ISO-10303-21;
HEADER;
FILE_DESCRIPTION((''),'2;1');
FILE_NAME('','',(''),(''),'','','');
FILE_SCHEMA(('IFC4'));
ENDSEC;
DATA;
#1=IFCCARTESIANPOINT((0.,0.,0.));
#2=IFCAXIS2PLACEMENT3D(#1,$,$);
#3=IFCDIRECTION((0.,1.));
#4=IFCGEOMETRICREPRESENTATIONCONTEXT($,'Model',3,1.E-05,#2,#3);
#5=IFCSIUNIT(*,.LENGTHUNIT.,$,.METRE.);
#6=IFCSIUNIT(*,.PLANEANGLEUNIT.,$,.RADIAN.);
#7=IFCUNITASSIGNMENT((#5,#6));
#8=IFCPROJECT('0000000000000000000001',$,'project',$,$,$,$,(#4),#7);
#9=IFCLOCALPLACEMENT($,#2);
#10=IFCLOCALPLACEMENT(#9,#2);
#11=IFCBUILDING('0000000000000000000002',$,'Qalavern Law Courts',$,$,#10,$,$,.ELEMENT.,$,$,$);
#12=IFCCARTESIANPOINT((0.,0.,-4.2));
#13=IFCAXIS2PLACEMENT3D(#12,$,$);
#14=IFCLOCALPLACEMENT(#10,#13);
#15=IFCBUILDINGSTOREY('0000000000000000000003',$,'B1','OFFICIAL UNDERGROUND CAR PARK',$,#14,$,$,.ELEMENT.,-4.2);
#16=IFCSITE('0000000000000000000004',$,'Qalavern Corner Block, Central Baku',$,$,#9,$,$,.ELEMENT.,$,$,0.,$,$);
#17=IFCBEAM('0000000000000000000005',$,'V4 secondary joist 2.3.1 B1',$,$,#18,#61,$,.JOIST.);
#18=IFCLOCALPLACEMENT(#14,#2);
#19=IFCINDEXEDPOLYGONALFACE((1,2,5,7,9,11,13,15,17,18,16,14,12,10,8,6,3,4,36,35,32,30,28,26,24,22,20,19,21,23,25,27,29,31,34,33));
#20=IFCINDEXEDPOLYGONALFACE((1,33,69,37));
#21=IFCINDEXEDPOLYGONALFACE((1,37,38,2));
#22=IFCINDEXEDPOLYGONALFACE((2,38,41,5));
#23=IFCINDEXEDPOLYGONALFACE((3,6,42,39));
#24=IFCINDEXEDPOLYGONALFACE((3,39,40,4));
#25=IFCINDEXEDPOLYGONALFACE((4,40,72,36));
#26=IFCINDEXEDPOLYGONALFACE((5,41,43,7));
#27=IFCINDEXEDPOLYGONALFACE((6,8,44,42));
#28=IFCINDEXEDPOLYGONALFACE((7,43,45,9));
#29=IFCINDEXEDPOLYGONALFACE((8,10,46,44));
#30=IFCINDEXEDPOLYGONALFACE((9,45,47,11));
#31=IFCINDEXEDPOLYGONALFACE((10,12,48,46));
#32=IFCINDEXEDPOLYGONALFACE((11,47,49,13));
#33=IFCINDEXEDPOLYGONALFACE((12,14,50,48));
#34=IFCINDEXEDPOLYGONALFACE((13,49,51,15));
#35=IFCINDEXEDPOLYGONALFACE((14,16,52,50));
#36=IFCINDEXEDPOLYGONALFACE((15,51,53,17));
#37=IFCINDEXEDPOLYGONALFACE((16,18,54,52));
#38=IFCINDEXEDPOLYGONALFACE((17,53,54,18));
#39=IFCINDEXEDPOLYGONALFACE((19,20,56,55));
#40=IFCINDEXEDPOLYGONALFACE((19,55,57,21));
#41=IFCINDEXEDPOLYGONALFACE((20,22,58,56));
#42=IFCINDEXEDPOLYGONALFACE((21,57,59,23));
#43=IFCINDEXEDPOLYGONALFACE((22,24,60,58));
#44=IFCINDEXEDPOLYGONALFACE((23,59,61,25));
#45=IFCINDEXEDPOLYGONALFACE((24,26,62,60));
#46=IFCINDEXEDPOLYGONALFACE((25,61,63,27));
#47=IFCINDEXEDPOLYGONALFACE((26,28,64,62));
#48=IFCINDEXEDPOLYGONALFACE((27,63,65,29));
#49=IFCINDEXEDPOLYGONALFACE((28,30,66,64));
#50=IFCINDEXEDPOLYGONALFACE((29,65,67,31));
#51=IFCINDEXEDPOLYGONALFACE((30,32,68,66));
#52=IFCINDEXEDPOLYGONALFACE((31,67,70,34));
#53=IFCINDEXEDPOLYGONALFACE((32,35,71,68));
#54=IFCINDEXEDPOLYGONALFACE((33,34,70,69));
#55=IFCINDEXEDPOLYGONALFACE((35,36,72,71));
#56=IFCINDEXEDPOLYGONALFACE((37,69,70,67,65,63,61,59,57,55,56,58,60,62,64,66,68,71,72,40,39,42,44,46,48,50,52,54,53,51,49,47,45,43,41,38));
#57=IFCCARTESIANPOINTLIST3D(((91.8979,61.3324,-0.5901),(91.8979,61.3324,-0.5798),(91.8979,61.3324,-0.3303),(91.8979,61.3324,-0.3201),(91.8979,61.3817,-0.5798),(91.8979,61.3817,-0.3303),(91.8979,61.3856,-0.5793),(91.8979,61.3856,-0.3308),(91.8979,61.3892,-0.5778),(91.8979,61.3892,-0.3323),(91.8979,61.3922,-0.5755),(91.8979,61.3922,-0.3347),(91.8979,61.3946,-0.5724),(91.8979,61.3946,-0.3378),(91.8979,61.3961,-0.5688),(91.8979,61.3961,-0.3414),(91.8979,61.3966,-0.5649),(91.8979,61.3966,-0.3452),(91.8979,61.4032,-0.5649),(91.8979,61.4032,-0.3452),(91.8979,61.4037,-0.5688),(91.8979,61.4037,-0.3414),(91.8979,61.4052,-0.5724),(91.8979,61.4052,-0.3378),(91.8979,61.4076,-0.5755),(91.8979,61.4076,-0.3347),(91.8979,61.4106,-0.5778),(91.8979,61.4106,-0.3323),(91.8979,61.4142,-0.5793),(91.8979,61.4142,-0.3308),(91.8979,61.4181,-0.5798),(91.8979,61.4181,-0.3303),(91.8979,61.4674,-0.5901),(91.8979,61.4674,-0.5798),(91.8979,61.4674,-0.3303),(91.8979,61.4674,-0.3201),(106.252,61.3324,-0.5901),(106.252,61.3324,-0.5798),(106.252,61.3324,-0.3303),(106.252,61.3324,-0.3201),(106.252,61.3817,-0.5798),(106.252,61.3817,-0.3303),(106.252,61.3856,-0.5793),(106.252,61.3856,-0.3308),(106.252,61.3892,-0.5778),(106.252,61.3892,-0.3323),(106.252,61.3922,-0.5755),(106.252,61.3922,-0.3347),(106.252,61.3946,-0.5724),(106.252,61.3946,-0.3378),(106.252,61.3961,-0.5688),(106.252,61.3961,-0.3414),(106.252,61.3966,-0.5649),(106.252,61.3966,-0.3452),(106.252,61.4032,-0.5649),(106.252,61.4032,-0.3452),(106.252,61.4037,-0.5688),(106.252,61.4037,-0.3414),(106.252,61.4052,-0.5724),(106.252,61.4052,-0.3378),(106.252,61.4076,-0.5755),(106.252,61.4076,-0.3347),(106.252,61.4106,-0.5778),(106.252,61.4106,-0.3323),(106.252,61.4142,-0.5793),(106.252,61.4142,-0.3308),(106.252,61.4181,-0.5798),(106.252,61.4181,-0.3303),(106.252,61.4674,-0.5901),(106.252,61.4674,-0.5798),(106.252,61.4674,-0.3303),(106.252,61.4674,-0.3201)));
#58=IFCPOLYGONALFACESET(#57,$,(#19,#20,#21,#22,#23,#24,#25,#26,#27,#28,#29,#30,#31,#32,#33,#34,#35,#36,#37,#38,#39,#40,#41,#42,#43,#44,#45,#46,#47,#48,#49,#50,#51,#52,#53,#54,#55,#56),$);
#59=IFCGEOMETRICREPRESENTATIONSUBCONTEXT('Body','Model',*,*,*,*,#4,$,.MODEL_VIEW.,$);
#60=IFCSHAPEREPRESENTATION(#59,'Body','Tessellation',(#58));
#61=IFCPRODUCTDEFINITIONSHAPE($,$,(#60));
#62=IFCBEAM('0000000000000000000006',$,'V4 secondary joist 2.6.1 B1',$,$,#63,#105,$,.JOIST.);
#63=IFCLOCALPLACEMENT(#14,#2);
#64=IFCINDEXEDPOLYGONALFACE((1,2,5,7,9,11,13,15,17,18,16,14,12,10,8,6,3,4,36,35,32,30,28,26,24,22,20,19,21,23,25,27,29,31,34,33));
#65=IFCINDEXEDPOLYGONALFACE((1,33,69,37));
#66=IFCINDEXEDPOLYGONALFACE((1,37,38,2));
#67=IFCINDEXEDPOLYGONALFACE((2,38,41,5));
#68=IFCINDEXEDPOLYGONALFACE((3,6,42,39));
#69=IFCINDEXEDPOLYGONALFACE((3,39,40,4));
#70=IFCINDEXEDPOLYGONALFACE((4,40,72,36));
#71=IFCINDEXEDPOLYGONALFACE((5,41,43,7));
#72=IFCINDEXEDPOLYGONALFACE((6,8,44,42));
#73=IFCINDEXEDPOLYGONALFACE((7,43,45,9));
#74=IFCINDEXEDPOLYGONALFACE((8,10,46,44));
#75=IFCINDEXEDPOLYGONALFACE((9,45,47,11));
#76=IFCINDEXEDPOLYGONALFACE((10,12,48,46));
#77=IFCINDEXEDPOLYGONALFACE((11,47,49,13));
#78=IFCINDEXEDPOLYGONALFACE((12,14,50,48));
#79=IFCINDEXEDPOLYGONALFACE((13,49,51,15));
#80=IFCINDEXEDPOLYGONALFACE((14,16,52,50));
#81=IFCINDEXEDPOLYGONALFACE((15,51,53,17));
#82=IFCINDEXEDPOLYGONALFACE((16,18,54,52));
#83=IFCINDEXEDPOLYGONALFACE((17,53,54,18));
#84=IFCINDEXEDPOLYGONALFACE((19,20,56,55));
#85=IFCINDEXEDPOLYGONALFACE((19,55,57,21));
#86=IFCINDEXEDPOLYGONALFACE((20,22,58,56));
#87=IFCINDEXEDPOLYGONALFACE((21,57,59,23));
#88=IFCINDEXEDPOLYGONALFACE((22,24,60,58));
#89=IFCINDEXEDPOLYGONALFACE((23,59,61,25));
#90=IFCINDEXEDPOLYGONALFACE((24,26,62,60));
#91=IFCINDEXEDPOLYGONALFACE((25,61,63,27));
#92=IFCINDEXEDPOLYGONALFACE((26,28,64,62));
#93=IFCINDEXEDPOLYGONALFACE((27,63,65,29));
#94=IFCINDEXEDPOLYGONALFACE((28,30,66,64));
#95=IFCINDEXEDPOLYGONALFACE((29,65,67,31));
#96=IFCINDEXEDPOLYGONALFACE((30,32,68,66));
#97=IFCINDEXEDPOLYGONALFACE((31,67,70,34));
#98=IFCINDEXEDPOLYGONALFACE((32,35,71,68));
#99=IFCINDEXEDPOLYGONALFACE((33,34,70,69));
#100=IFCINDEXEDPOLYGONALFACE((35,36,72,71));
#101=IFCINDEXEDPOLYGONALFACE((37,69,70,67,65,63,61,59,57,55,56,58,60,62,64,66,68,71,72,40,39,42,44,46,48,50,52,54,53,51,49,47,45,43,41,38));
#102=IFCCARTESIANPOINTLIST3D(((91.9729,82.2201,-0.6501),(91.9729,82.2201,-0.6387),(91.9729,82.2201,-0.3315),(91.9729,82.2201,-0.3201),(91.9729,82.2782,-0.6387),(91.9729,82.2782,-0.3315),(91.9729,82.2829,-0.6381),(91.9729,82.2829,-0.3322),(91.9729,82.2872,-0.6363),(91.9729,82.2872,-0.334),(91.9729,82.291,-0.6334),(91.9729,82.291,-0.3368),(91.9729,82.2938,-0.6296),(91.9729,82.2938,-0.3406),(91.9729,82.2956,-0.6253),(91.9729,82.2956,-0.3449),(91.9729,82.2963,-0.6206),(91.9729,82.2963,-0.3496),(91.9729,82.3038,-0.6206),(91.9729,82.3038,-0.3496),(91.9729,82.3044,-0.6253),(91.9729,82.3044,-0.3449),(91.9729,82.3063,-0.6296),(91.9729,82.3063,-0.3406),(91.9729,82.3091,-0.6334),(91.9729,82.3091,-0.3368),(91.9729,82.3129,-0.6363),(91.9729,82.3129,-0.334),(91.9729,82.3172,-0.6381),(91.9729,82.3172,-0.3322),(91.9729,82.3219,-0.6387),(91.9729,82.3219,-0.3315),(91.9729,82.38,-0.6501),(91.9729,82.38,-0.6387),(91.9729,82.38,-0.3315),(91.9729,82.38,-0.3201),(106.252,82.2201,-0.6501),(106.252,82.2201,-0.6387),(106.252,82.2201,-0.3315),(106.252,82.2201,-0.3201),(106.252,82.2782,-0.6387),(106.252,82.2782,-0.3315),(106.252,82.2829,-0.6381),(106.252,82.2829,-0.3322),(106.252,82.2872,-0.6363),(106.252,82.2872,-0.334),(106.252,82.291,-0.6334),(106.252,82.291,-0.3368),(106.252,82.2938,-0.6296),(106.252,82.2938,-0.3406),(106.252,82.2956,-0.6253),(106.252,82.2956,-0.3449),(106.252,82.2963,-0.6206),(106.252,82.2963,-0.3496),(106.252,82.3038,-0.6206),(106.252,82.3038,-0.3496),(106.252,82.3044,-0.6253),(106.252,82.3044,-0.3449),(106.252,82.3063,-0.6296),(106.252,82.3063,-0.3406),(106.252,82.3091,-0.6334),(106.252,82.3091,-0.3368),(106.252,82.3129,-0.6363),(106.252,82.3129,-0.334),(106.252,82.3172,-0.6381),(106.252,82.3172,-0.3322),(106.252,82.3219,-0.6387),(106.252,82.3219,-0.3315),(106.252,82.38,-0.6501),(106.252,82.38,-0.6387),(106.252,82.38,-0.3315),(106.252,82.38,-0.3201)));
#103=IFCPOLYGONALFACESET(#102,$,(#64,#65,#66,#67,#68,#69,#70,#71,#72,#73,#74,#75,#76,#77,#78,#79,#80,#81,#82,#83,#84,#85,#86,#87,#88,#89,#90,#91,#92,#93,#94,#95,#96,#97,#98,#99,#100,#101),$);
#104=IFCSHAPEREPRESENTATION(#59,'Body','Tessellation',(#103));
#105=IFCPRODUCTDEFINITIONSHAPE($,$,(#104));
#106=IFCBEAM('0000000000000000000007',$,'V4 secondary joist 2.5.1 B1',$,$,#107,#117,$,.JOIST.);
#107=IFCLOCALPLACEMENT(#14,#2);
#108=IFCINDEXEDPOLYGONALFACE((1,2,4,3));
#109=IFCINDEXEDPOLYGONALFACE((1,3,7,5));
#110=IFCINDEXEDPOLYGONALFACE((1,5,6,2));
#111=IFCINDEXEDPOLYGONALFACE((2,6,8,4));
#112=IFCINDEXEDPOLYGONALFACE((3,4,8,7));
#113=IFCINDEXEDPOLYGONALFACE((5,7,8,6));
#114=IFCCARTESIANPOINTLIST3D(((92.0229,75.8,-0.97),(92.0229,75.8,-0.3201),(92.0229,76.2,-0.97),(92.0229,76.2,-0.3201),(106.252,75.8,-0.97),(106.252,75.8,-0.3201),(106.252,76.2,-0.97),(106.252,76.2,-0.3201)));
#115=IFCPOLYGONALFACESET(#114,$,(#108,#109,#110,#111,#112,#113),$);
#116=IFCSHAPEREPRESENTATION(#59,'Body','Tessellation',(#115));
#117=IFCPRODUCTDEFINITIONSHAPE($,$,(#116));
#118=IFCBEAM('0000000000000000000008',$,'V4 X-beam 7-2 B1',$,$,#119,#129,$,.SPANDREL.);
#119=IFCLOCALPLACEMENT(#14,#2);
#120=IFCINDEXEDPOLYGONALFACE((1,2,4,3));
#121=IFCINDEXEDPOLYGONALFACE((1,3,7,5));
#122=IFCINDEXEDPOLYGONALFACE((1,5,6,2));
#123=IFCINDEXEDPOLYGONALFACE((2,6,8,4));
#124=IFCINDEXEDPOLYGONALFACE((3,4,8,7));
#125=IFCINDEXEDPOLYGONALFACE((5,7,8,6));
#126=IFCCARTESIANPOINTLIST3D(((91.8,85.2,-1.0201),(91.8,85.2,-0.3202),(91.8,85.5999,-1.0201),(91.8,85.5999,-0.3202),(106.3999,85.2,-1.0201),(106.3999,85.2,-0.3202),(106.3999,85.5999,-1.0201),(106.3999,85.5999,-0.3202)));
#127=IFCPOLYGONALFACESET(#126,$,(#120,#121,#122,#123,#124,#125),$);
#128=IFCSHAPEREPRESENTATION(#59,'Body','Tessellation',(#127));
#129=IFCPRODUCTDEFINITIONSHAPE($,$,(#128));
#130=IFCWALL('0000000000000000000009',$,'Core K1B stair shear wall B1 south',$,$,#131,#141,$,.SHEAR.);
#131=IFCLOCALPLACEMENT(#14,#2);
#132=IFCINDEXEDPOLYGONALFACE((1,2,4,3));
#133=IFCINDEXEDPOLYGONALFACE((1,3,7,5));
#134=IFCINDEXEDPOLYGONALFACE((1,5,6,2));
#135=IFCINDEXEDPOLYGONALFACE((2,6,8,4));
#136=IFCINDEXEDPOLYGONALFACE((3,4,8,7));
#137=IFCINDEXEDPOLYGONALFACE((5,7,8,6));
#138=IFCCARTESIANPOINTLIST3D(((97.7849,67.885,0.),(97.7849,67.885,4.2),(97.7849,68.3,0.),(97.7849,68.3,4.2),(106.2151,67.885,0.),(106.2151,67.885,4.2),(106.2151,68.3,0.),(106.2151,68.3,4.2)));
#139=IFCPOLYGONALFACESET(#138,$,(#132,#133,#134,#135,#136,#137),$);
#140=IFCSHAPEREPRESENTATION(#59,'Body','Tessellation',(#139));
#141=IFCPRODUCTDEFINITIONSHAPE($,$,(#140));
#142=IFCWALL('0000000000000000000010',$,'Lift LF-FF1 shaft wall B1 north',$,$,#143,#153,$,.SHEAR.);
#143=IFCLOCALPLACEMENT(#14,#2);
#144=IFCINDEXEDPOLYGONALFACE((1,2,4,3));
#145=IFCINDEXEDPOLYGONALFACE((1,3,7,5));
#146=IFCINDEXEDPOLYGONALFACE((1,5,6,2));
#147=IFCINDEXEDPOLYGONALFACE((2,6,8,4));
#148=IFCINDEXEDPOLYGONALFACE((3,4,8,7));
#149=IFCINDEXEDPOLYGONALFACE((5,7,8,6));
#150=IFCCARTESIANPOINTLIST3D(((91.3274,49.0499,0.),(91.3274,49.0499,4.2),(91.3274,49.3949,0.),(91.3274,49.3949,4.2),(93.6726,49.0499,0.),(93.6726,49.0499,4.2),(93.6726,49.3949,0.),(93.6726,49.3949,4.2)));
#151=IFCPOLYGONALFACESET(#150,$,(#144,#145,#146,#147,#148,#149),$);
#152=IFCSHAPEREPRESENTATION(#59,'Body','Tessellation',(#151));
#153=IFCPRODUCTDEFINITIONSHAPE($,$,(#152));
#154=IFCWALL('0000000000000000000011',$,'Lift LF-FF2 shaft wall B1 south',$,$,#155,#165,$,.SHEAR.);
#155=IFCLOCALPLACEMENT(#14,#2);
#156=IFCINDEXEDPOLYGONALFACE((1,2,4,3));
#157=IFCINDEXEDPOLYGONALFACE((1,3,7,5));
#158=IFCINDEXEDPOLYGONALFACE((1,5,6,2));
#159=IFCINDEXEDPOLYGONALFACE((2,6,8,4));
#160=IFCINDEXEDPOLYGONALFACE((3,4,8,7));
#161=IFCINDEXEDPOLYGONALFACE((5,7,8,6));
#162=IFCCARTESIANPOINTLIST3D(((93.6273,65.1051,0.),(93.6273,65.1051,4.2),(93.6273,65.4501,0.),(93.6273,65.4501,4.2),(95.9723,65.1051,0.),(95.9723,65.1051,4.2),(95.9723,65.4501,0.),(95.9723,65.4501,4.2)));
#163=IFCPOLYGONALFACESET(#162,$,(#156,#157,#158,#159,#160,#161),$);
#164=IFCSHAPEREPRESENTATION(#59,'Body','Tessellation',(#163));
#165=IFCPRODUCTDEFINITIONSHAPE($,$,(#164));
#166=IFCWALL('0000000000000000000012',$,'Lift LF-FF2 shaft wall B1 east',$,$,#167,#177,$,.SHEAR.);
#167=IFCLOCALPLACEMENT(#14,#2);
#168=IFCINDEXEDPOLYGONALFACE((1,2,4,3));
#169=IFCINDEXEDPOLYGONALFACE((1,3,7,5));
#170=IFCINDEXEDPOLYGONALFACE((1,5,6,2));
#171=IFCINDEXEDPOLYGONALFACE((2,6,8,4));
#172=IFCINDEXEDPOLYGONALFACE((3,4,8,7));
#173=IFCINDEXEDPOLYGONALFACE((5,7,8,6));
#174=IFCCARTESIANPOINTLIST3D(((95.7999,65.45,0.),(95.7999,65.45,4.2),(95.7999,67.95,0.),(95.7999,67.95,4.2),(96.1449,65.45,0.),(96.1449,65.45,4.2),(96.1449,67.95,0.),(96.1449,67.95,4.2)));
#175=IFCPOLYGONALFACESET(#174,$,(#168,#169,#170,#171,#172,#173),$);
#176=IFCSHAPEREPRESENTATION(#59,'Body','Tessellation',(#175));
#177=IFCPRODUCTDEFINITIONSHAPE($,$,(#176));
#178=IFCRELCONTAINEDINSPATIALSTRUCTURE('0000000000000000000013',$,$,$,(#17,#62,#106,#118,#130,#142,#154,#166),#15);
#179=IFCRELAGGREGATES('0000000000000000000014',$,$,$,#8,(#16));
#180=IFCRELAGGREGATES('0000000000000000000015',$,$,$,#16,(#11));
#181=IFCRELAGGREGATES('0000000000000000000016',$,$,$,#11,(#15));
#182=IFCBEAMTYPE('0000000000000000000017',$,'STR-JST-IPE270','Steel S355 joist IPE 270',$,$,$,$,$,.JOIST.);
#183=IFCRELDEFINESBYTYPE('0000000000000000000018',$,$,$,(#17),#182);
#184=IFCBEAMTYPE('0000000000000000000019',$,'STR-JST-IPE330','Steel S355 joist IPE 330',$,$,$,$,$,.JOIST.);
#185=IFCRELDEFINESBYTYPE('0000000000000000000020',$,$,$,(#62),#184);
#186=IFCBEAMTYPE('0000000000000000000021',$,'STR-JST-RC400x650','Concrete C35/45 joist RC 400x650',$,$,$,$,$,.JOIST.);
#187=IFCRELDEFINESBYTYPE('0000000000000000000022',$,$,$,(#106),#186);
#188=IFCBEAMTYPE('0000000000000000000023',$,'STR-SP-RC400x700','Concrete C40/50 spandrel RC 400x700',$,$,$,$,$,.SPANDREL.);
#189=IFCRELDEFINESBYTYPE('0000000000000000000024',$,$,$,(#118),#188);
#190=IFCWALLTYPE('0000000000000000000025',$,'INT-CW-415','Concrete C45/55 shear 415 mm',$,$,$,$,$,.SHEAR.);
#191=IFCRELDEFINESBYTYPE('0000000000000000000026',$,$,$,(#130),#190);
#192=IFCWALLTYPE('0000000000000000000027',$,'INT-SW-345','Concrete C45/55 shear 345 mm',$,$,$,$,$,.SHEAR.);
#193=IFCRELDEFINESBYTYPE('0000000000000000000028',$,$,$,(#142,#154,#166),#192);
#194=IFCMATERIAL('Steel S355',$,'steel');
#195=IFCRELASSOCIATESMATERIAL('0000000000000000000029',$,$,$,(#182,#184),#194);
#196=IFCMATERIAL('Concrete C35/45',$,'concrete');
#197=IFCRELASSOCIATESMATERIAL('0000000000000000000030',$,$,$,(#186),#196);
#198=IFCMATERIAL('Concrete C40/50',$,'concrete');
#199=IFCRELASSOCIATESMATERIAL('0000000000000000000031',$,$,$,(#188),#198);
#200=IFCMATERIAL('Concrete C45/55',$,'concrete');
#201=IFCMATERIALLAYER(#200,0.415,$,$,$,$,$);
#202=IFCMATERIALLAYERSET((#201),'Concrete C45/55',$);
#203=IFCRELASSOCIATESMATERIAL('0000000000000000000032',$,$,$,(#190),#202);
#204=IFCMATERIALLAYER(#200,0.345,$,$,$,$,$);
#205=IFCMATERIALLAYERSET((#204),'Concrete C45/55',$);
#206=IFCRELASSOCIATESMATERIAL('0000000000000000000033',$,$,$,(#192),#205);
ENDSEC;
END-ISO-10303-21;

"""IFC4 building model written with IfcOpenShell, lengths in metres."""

from ifc_helpers import new_model, si_unit, direction, frame, frame_2d, origin, origin_2d, place, context, subcontext, project, spatial, rectangle, i_section, extrude, material, layer, layer_set, material_profile, profile_set, type_object, element, save


model = new_model("IFC4")

# Units and contexts
model_context = context("Model", 3, precision=1e-05, world=origin(), true_north=direction((0.0, 1.0)))
body_context = subcontext(model_context, "Body", "Model", "MODEL_VIEW")
ifc_project = project(units=[si_unit("LENGTHUNIT", "METRE"), si_unit("PLANEANGLEUNIT", "RADIAN")], contexts=[model_context])

# Site, building, storey
site_placement = place(None, origin())
site = spatial("IfcSite", under=ifc_project, at=site_placement, Name="Qalavern Corner Block, Central Baku", CompositionType="ELEMENT", RefElevation=0.0)
building_placement = place(site_placement, origin())
building = spatial("IfcBuilding", under=site, at=building_placement, Name="Qalavern Law Courts", CompositionType="ELEMENT")
storey_placement = place(building_placement, frame((0.0, 0.0, -4.2)))
storey = spatial("IfcBuildingStorey", under=building, at=storey_placement, Name="B1", Description="OFFICIAL UNDERGROUND CAR PARK", CompositionType="ELEMENT", Elevation=-4.2)

# Shared definitions
ifc_material_1 = material(Name="Concrete C45/55", Category="concrete")

# Beams
ifc_material_2 = material(Name="Steel S355", Category="steel")
ifc_material_3 = material(Name="Concrete C35/45", Category="concrete")
ifc_material_4 = material(Name="Concrete C40/50", Category="concrete")
ifc_material_profile_1 = material_profile(ifc_material_2, i_section(OverallWidth=0.135, OverallDepth=0.27, WebThickness=0.0066, FlangeThickness=0.0103, FilletRadius=0.0149, at=origin_2d()), Name="IPE 270")
ifc_profile_set_1 = profile_set([ifc_material_profile_1], Name="Steel S355")
beam_type_1 = type_object("IfcBeamType", Name="STR-JST-IPE270", Description="Steel S355 joist IPE 270", PredefinedType="JOIST", material=ifc_profile_set_1)
beam_1_placement = place(storey_placement, frame((91.8979, 61.3999, -0.4551), z_axis=(1.0, 0.0, 0.0), x_axis=(0.0, 1.0, 0.0)))
element("IfcBeam", 1, at=beam_1_placement, inside=storey, type_object=beam_type_1, Name="V4 secondary joist 2.3.1 B1", PredefinedType="JOIST", context=body_context, shape_type="SweptSolid", body=[
    extrude(i_section(OverallWidth=0.135, OverallDepth=0.27, WebThickness=0.0066, FlangeThickness=0.0103, FilletRadius=0.0149, at=origin_2d()), origin(), (0.0, 0.0, 1.0), 14.354),
])
ifc_material_profile_2 = material_profile(ifc_material_2, i_section(OverallWidth=0.1599, OverallDepth=0.3301, WebThickness=0.0076, FlangeThickness=0.0115, FilletRadius=0.0181, at=origin_2d()), Name="IPE 330")
ifc_profile_set_2 = profile_set([ifc_material_profile_2], Name="Steel S355")
beam_type_2 = type_object("IfcBeamType", Name="STR-JST-IPE330", Description="Steel S355 joist IPE 330", PredefinedType="JOIST", material=ifc_profile_set_2)
beam_2_placement = place(storey_placement, frame((91.9729, 82.3, -0.4851), z_axis=(1.0, 0.0, 0.0), x_axis=(0.0, 1.0, 0.0)))
element("IfcBeam", 2, at=beam_2_placement, inside=storey, type_object=beam_type_2, Name="V4 secondary joist 2.6.1 B1", PredefinedType="JOIST", context=body_context, shape_type="SweptSolid", body=[
    extrude(i_section(OverallWidth=0.1599, OverallDepth=0.3301, WebThickness=0.0076, FlangeThickness=0.0115, FilletRadius=0.0181, at=origin_2d()), origin(), (0.0, 0.0, 1.0), 14.2791),
])
ifc_material_profile_3 = material_profile(ifc_material_3, rectangle(XDim=0.3999, YDim=0.6499, at=origin_2d()), Name="RC 400x650")
ifc_profile_set_3 = profile_set([ifc_material_profile_3], Name="Concrete C35/45")
beam_type_3 = type_object("IfcBeamType", Name="STR-JST-RC400x650", Description="Concrete C35/45 joist RC 400x650", PredefinedType="JOIST", material=ifc_profile_set_3)
beam_3_placement = place(storey_placement, frame((92.0229, 76.0, -0.645), z_axis=(1.0, 0.0, 0.0), x_axis=(0.0, 1.0, 0.0)))
element("IfcBeam", 3, at=beam_3_placement, inside=storey, type_object=beam_type_3, Name="V4 secondary joist 2.5.1 B1", PredefinedType="JOIST", context=body_context, shape_type="SweptSolid", body=[
    extrude(rectangle(XDim=0.3999, YDim=0.6499, at=origin_2d()), origin(), (0.0, 0.0, 1.0), 14.229),
])
ifc_material_profile_4 = material_profile(ifc_material_4, rectangle(XDim=0.3999, YDim=0.7, at=origin_2d()), Name="RC 400x700")
ifc_profile_set_4 = profile_set([ifc_material_profile_4], Name="Concrete C40/50")
beam_type_4 = type_object("IfcBeamType", Name="STR-SP-RC400x700", Description="Concrete C40/50 spandrel RC 400x700", PredefinedType="SPANDREL", material=ifc_profile_set_4)
beam_4_placement = place(storey_placement, frame((91.8, 85.3999, -0.6702), z_axis=(1.0, 0.0, 0.0), x_axis=(0.0, 1.0, 0.0)))
element("IfcBeam", 4, at=beam_4_placement, inside=storey, type_object=beam_type_4, Name="V4 X-beam 7-2 B1", PredefinedType="SPANDREL", context=body_context, shape_type="SweptSolid", body=[
    extrude(rectangle(XDim=0.3999, YDim=0.7, at=origin_2d()), origin(), (0.0, 0.0, 1.0), 14.5999),
])

# Wall
ifc_layer_1 = layer(ifc_material_1, 0.415)
ifc_layer_set_1 = layer_set([ifc_layer_1], Name="Concrete C45/55")
wall_type_1 = type_object("IfcWallType", Name="INT-CW-415", Description="Concrete C45/55 shear 415 mm", PredefinedType="SHEAR", material=ifc_layer_set_1)
wall_1_placement = place(storey_placement, frame((97.7849, 68.0925, 0.0), z_axis=(0.0, 0.0, 1.0), x_axis=(1.0, 0.0, 0.0)))
element("IfcWall", 5, at=wall_1_placement, inside=storey, type_object=wall_type_1, Name="Core K1B stair shear wall B1 south", PredefinedType="SHEAR", context=body_context, shape_type="SweptSolid", body=[
    extrude(rectangle(XDim=8.4302, YDim=0.415, at=frame_2d((4.2151, 0.0))), origin(), (0.0, 0.0, 1.0), 4.2),
])

# Walls
ifc_layer_2 = layer(ifc_material_1, 0.345)
ifc_layer_set_2 = layer_set([ifc_layer_2], Name="Concrete C45/55")
wall_type_2 = type_object("IfcWallType", Name="INT-SW-345", Description="Concrete C45/55 shear 345 mm", PredefinedType="SHEAR", material=ifc_layer_set_2)
wall_2_placement = place(storey_placement, frame((93.6726, 49.2224, 0.0), z_axis=(0.0, 0.0, 1.0), x_axis=(-1.0, 0.0, 0.0)))
element("IfcWall", 6, at=wall_2_placement, inside=storey, type_object=wall_type_2, Name="Lift LF-FF1 shaft wall B1 north", PredefinedType="SHEAR", context=body_context, shape_type="SweptSolid", body=[
    extrude(rectangle(XDim=2.3452, YDim=0.345, at=frame_2d((1.1726, 0.0))), origin(), (0.0, 0.0, 1.0), 4.2),
])
wall_3_placement = place(storey_placement, frame((93.6274, 65.2776, 0.0), z_axis=(0.0, 0.0, 1.0), x_axis=(1.0, 0.0, 0.0)))
element("IfcWall", 7, at=wall_3_placement, inside=storey, type_object=wall_type_2, Name="Lift LF-FF2 shaft wall B1 south", PredefinedType="SHEAR", context=body_context, shape_type="SweptSolid", body=[
    extrude(rectangle(XDim=2.345, YDim=0.345, at=frame_2d((1.1724, 0.0))), origin(), (0.0, 0.0, 1.0), 4.2),
])
wall_4_placement = place(storey_placement, frame((95.9724, 65.45, 0.0), z_axis=(0.0, 0.0, 1.0), x_axis=(0.0, 1.0, 0.0)))
element("IfcWall", 8, at=wall_4_placement, inside=storey, type_object=wall_type_2, Name="Lift LF-FF2 shaft wall B1 east", PredefinedType="SHEAR", context=body_context, shape_type="SweptSolid", body=[
    extrude(rectangle(XDim=2.5, YDim=0.345, at=frame_2d((1.25, 0.0))), origin(), (0.0, 0.0, 1.0), 4.2),
])

save(model, "model.ifc")
